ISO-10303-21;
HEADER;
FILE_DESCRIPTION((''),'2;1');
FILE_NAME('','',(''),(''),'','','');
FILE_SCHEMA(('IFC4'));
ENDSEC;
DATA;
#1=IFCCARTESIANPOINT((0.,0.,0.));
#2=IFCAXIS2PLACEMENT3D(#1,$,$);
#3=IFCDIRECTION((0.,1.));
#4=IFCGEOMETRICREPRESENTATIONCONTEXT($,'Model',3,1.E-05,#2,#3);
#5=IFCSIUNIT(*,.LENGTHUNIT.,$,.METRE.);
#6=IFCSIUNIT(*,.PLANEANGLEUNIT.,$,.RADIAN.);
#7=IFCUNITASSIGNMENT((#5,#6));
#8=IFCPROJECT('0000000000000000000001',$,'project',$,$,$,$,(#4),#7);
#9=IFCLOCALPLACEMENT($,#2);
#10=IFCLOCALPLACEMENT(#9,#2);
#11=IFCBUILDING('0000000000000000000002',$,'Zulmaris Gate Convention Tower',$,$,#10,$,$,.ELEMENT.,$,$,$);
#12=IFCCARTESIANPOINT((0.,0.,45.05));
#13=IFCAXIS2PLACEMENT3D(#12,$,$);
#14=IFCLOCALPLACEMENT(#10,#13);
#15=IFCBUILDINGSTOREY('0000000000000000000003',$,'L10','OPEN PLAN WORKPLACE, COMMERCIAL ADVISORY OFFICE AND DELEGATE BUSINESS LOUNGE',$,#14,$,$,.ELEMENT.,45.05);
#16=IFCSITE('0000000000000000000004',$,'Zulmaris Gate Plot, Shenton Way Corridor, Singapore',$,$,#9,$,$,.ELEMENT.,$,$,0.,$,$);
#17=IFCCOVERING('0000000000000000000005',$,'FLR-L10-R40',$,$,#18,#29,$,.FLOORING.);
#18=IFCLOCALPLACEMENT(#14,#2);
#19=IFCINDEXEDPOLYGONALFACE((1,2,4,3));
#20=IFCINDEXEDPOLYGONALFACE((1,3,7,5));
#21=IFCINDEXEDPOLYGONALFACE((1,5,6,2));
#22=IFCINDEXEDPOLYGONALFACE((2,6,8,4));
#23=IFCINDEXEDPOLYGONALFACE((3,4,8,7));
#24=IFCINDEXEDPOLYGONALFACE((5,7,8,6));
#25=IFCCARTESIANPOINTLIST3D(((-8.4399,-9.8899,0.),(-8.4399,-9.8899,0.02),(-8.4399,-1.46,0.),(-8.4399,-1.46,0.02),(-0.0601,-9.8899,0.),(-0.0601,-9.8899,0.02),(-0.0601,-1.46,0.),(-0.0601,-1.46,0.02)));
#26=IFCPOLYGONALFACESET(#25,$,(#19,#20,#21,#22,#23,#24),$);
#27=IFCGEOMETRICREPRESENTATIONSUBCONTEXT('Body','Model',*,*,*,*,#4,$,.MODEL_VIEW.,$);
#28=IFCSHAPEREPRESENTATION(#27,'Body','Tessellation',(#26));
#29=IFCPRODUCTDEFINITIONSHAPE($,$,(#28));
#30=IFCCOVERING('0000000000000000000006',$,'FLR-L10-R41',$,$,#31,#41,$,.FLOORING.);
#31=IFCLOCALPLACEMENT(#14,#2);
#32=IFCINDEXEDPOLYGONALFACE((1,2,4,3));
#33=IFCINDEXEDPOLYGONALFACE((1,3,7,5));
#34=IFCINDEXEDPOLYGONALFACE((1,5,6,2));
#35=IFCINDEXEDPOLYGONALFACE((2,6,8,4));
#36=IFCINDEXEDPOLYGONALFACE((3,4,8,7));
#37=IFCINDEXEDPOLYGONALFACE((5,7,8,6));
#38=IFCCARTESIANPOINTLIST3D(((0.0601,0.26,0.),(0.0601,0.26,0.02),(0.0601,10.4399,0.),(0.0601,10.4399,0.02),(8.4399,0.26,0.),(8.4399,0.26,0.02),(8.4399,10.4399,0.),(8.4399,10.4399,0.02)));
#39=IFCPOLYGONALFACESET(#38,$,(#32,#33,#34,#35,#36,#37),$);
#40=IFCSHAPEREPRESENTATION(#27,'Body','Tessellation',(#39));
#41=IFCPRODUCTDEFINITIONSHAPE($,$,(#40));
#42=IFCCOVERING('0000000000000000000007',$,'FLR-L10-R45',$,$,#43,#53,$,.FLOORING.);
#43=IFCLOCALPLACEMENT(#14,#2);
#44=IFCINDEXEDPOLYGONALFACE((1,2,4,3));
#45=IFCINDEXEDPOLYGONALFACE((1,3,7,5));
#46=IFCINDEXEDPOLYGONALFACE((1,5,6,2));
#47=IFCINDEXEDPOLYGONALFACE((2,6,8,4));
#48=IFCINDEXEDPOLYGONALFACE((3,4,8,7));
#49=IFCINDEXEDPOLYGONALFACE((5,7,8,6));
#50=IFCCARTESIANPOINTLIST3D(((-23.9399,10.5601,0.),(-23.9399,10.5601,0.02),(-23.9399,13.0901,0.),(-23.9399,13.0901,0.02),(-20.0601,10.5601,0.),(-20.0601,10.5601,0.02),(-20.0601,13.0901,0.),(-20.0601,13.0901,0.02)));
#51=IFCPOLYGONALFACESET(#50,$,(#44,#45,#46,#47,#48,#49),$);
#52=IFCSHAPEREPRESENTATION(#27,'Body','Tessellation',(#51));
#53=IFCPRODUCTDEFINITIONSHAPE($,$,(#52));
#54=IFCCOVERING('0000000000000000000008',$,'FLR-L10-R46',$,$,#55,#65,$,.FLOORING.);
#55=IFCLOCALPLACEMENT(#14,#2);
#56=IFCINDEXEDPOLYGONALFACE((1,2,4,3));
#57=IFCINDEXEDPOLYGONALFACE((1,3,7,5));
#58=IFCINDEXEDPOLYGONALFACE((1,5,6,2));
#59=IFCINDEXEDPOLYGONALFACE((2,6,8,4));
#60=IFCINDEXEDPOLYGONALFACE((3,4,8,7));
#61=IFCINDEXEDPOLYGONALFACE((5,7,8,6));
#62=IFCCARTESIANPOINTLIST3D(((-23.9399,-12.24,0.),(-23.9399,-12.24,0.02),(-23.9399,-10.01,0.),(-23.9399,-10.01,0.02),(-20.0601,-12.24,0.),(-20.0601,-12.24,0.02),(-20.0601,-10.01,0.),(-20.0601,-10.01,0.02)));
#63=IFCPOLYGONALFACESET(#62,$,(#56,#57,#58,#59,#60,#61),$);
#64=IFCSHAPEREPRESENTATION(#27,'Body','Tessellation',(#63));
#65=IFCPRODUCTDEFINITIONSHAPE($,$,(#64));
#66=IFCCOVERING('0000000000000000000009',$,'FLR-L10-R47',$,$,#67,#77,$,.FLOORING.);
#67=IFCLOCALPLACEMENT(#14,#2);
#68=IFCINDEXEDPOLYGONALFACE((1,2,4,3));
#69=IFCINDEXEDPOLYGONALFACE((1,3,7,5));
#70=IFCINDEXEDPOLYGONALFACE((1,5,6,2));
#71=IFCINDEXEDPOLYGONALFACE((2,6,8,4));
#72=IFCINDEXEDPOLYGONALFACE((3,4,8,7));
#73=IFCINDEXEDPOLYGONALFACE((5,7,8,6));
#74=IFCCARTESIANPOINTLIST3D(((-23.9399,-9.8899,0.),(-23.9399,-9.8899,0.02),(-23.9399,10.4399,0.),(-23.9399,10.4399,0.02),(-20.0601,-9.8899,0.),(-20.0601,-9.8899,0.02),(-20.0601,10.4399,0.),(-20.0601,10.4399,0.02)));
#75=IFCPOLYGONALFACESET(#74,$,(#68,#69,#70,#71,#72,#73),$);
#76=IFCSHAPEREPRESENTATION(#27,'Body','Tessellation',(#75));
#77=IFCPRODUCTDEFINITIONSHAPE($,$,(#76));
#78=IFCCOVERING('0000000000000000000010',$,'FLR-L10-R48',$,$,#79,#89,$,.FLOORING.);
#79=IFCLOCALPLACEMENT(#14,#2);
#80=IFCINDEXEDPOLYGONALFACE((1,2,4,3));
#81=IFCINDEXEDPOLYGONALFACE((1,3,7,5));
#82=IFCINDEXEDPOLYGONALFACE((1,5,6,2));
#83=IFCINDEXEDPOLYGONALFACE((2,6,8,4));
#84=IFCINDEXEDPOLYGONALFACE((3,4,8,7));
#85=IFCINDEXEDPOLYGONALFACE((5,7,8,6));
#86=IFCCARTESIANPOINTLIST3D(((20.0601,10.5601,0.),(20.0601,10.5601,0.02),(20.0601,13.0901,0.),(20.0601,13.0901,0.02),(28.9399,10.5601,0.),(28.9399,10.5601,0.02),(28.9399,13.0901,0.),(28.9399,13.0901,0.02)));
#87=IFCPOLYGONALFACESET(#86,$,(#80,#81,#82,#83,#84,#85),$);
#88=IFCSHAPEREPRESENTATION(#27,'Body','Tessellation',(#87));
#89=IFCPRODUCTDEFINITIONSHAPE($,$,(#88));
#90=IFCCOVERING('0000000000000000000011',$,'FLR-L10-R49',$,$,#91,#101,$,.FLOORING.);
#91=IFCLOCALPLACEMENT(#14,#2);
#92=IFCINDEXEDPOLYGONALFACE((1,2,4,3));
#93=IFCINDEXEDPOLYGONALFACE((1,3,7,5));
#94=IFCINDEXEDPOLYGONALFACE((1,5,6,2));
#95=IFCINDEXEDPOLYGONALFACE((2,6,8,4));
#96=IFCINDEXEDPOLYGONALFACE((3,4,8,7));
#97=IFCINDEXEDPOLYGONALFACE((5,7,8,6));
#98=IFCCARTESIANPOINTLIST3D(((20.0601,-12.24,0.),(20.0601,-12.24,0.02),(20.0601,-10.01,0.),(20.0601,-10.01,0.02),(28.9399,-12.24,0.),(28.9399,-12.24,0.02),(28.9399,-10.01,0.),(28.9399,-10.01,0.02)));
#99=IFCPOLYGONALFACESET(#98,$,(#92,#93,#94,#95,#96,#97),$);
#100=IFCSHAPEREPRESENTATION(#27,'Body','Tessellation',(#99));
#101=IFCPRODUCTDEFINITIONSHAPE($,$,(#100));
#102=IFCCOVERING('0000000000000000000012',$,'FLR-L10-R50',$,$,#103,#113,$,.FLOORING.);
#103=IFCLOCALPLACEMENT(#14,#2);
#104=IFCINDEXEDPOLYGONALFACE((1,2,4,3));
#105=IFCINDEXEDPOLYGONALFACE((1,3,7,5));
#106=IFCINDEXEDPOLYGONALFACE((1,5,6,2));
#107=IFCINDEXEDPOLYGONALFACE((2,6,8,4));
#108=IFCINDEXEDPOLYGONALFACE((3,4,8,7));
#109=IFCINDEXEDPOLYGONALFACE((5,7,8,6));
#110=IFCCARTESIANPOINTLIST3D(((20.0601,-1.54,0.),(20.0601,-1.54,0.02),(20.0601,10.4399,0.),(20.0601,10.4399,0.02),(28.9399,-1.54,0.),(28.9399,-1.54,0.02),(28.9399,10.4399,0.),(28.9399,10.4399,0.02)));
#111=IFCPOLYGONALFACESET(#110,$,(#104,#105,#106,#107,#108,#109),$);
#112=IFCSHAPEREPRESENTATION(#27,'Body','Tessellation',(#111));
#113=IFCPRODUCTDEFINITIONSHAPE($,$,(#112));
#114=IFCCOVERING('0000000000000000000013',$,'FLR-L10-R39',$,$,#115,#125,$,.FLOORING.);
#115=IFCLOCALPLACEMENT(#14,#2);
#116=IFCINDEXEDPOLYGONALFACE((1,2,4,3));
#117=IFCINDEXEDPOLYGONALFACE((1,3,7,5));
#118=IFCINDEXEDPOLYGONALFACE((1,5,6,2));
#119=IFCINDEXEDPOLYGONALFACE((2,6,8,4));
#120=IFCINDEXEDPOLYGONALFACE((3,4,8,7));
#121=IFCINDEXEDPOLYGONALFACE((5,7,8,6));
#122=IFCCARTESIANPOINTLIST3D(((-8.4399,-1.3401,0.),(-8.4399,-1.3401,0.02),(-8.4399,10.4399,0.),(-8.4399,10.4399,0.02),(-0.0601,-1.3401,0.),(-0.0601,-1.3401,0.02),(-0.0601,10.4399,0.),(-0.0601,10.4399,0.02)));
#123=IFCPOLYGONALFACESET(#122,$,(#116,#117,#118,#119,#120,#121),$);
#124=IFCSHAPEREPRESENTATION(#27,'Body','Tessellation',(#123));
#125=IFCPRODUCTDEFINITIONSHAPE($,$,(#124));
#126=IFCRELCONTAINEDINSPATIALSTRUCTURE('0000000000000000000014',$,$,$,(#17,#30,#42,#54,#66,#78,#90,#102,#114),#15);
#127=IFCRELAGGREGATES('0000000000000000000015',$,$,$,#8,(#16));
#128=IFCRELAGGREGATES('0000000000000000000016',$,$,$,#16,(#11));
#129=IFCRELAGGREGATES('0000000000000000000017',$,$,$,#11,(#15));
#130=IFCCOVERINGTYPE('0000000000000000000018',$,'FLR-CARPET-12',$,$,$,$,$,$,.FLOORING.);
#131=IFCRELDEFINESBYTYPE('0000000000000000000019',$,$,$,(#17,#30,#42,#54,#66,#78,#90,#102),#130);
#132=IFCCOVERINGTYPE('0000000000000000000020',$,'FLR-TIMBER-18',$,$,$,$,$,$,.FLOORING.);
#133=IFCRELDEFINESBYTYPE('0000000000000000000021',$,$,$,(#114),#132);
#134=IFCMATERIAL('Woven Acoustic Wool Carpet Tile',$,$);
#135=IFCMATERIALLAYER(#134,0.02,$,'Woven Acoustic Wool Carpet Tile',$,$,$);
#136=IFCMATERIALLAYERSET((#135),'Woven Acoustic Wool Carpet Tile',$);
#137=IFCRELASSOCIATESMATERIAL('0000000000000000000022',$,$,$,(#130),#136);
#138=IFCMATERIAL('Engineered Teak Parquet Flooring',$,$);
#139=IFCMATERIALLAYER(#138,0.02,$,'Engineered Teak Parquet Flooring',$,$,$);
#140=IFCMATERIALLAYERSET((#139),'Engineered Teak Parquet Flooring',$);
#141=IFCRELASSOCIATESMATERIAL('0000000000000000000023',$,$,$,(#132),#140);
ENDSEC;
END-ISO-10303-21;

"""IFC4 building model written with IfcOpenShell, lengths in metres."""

from ifc_helpers import new_model, si_unit, direction, frame, origin, place, context, subcontext, project, spatial, polyline, outline, extrude, material, layer, layer_set, type_object, element, save


model = new_model("IFC4")

# Units and contexts
model_context = context("Model", 3, precision=1e-05, world=origin(), true_north=direction((0.0, 1.0)))
body_context = subcontext(model_context, "Body", "Model", "MODEL_VIEW")
ifc_project = project(units=[si_unit("LENGTHUNIT", "METRE"), si_unit("PLANEANGLEUNIT", "RADIAN")], contexts=[model_context])

# Site, building, storey
site_placement = place(None, origin())
site = spatial("IfcSite", under=ifc_project, at=site_placement, Name="Zulmaris Gate Plot, Shenton Way Corridor, Singapore", CompositionType="ELEMENT", RefElevation=0.0)
building_placement = place(site_placement, origin())
building = spatial("IfcBuilding", under=site, at=building_placement, Name="Zulmaris Gate Convention Tower", CompositionType="ELEMENT")
storey_placement = place(building_placement, frame((0.0, 0.0, 45.05)))
storey = spatial("IfcBuildingStorey", under=building, at=storey_placement, Name="L10", Description="OPEN PLAN WORKPLACE, COMMERCIAL ADVISORY OFFICE AND DELEGATE BUSINESS LOUNGE", CompositionType="ELEMENT", Elevation=45.05)

# Coverings
ifc_material_1 = material(Name="Woven Acoustic Wool Carpet Tile")
ifc_layer_1 = layer(ifc_material_1, 0.02, Name="Woven Acoustic Wool Carpet Tile")
ifc_layer_set_1 = layer_set([ifc_layer_1], Name="Woven Acoustic Wool Carpet Tile")
covering_type_1 = type_object("IfcCoveringType", Name="FLR-CARPET-12", PredefinedType="FLOORING", material=ifc_layer_set_1)
covering_1_placement = place(storey_placement, origin())
element("IfcCovering", 1, at=covering_1_placement, inside=storey, type_object=covering_type_1, Name="FLR-L10-R40", PredefinedType="FLOORING", context=body_context, shape_type="SweptSolid", body=[
    extrude(outline(polyline([(-8.4399, -9.8899), (-0.0601, -9.8899), (-0.0601, -1.46), (-8.4399, -1.46), (-8.4399, -9.8899)])), origin(), (0.0, 0.0, 1.0), 0.02),
])
covering_2_placement = place(storey_placement, origin())
element("IfcCovering", 2, at=covering_2_placement, inside=storey, type_object=covering_type_1, Name="FLR-L10-R41", PredefinedType="FLOORING", context=body_context, shape_type="SweptSolid", body=[
    extrude(outline(polyline([(0.0601, 0.26), (8.4399, 0.26), (8.4399, 10.4399), (0.0601, 10.4399), (0.0601, 0.26)])), origin(), (0.0, 0.0, 1.0), 0.02),
])
covering_3_placement = place(storey_placement, origin())
element("IfcCovering", 3, at=covering_3_placement, inside=storey, type_object=covering_type_1, Name="FLR-L10-R45", PredefinedType="FLOORING", context=body_context, shape_type="SweptSolid", body=[
    extrude(outline(polyline([(-23.9399, 10.5601), (-20.0601, 10.5601), (-20.0601, 13.0901), (-23.9399, 13.0901), (-23.9399, 10.5601)])), origin(), (0.0, 0.0, 1.0), 0.02),
])
covering_4_placement = place(storey_placement, origin())
element("IfcCovering", 4, at=covering_4_placement, inside=storey, type_object=covering_type_1, Name="FLR-L10-R46", PredefinedType="FLOORING", context=body_context, shape_type="SweptSolid", body=[
    extrude(outline(polyline([(-23.9399, -12.24), (-20.0601, -12.24), (-20.0601, -10.01), (-23.9399, -10.01), (-23.9399, -12.24)])), origin(), (0.0, 0.0, 1.0), 0.02),
])
covering_5_placement = place(storey_placement, origin())
element("IfcCovering", 5, at=covering_5_placement, inside=storey, type_object=covering_type_1, Name="FLR-L10-R47", PredefinedType="FLOORING", context=body_context, shape_type="SweptSolid", body=[
    extrude(outline(polyline([(-23.9399, -9.8899), (-20.0601, -9.8899), (-20.0601, 10.4399), (-23.9399, 10.4399), (-23.9399, -9.8899)])), origin(), (0.0, 0.0, 1.0), 0.02),
])
covering_6_placement = place(storey_placement, origin())
element("IfcCovering", 6, at=covering_6_placement, inside=storey, type_object=covering_type_1, Name="FLR-L10-R48", PredefinedType="FLOORING", context=body_context, shape_type="SweptSolid", body=[
    extrude(outline(polyline([(20.0601, 10.5601), (28.9399, 10.5601), (28.9399, 13.0901), (20.0601, 13.0901), (20.0601, 10.5601)])), origin(), (0.0, 0.0, 1.0), 0.02),
])
covering_7_placement = place(storey_placement, origin())
element("IfcCovering", 7, at=covering_7_placement, inside=storey, type_object=covering_type_1, Name="FLR-L10-R49", PredefinedType="FLOORING", context=body_context, shape_type="SweptSolid", body=[
    extrude(outline(polyline([(20.0601, -12.24), (28.9399, -12.24), (28.9399, -10.01), (20.0601, -10.01), (20.0601, -12.24)])), origin(), (0.0, 0.0, 1.0), 0.02),
])
covering_8_placement = place(storey_placement, origin())
element("IfcCovering", 8, at=covering_8_placement, inside=storey, type_object=covering_type_1, Name="FLR-L10-R50", PredefinedType="FLOORING", context=body_context, shape_type="SweptSolid", body=[
    extrude(outline(polyline([(20.0601, -1.54), (28.9399, -1.54), (28.9399, 10.4399), (20.0601, 10.4399), (20.0601, -1.54)])), origin(), (0.0, 0.0, 1.0), 0.02),
])
ifc_material_2 = material(Name="Engineered Teak Parquet Flooring")
ifc_layer_2 = layer(ifc_material_2, 0.02, Name="Engineered Teak Parquet Flooring")
ifc_layer_set_2 = layer_set([ifc_layer_2], Name="Engineered Teak Parquet Flooring")
covering_type_2 = type_object("IfcCoveringType", Name="FLR-TIMBER-18", PredefinedType="FLOORING", material=ifc_layer_set_2)
covering_9_placement = place(storey_placement, origin())
element("IfcCovering", 9, at=covering_9_placement, inside=storey, type_object=covering_type_2, Name="FLR-L10-R39", PredefinedType="FLOORING", context=body_context, shape_type="SweptSolid", body=[
    extrude(outline(polyline([(-8.4399, -1.3401), (-0.0601, -1.3401), (-0.0601, 10.4399), (-8.4399, 10.4399), (-8.4399, -1.3401)])), origin(), (0.0, 0.0, 1.0), 0.02),
])

save(model, "model.ifc")
